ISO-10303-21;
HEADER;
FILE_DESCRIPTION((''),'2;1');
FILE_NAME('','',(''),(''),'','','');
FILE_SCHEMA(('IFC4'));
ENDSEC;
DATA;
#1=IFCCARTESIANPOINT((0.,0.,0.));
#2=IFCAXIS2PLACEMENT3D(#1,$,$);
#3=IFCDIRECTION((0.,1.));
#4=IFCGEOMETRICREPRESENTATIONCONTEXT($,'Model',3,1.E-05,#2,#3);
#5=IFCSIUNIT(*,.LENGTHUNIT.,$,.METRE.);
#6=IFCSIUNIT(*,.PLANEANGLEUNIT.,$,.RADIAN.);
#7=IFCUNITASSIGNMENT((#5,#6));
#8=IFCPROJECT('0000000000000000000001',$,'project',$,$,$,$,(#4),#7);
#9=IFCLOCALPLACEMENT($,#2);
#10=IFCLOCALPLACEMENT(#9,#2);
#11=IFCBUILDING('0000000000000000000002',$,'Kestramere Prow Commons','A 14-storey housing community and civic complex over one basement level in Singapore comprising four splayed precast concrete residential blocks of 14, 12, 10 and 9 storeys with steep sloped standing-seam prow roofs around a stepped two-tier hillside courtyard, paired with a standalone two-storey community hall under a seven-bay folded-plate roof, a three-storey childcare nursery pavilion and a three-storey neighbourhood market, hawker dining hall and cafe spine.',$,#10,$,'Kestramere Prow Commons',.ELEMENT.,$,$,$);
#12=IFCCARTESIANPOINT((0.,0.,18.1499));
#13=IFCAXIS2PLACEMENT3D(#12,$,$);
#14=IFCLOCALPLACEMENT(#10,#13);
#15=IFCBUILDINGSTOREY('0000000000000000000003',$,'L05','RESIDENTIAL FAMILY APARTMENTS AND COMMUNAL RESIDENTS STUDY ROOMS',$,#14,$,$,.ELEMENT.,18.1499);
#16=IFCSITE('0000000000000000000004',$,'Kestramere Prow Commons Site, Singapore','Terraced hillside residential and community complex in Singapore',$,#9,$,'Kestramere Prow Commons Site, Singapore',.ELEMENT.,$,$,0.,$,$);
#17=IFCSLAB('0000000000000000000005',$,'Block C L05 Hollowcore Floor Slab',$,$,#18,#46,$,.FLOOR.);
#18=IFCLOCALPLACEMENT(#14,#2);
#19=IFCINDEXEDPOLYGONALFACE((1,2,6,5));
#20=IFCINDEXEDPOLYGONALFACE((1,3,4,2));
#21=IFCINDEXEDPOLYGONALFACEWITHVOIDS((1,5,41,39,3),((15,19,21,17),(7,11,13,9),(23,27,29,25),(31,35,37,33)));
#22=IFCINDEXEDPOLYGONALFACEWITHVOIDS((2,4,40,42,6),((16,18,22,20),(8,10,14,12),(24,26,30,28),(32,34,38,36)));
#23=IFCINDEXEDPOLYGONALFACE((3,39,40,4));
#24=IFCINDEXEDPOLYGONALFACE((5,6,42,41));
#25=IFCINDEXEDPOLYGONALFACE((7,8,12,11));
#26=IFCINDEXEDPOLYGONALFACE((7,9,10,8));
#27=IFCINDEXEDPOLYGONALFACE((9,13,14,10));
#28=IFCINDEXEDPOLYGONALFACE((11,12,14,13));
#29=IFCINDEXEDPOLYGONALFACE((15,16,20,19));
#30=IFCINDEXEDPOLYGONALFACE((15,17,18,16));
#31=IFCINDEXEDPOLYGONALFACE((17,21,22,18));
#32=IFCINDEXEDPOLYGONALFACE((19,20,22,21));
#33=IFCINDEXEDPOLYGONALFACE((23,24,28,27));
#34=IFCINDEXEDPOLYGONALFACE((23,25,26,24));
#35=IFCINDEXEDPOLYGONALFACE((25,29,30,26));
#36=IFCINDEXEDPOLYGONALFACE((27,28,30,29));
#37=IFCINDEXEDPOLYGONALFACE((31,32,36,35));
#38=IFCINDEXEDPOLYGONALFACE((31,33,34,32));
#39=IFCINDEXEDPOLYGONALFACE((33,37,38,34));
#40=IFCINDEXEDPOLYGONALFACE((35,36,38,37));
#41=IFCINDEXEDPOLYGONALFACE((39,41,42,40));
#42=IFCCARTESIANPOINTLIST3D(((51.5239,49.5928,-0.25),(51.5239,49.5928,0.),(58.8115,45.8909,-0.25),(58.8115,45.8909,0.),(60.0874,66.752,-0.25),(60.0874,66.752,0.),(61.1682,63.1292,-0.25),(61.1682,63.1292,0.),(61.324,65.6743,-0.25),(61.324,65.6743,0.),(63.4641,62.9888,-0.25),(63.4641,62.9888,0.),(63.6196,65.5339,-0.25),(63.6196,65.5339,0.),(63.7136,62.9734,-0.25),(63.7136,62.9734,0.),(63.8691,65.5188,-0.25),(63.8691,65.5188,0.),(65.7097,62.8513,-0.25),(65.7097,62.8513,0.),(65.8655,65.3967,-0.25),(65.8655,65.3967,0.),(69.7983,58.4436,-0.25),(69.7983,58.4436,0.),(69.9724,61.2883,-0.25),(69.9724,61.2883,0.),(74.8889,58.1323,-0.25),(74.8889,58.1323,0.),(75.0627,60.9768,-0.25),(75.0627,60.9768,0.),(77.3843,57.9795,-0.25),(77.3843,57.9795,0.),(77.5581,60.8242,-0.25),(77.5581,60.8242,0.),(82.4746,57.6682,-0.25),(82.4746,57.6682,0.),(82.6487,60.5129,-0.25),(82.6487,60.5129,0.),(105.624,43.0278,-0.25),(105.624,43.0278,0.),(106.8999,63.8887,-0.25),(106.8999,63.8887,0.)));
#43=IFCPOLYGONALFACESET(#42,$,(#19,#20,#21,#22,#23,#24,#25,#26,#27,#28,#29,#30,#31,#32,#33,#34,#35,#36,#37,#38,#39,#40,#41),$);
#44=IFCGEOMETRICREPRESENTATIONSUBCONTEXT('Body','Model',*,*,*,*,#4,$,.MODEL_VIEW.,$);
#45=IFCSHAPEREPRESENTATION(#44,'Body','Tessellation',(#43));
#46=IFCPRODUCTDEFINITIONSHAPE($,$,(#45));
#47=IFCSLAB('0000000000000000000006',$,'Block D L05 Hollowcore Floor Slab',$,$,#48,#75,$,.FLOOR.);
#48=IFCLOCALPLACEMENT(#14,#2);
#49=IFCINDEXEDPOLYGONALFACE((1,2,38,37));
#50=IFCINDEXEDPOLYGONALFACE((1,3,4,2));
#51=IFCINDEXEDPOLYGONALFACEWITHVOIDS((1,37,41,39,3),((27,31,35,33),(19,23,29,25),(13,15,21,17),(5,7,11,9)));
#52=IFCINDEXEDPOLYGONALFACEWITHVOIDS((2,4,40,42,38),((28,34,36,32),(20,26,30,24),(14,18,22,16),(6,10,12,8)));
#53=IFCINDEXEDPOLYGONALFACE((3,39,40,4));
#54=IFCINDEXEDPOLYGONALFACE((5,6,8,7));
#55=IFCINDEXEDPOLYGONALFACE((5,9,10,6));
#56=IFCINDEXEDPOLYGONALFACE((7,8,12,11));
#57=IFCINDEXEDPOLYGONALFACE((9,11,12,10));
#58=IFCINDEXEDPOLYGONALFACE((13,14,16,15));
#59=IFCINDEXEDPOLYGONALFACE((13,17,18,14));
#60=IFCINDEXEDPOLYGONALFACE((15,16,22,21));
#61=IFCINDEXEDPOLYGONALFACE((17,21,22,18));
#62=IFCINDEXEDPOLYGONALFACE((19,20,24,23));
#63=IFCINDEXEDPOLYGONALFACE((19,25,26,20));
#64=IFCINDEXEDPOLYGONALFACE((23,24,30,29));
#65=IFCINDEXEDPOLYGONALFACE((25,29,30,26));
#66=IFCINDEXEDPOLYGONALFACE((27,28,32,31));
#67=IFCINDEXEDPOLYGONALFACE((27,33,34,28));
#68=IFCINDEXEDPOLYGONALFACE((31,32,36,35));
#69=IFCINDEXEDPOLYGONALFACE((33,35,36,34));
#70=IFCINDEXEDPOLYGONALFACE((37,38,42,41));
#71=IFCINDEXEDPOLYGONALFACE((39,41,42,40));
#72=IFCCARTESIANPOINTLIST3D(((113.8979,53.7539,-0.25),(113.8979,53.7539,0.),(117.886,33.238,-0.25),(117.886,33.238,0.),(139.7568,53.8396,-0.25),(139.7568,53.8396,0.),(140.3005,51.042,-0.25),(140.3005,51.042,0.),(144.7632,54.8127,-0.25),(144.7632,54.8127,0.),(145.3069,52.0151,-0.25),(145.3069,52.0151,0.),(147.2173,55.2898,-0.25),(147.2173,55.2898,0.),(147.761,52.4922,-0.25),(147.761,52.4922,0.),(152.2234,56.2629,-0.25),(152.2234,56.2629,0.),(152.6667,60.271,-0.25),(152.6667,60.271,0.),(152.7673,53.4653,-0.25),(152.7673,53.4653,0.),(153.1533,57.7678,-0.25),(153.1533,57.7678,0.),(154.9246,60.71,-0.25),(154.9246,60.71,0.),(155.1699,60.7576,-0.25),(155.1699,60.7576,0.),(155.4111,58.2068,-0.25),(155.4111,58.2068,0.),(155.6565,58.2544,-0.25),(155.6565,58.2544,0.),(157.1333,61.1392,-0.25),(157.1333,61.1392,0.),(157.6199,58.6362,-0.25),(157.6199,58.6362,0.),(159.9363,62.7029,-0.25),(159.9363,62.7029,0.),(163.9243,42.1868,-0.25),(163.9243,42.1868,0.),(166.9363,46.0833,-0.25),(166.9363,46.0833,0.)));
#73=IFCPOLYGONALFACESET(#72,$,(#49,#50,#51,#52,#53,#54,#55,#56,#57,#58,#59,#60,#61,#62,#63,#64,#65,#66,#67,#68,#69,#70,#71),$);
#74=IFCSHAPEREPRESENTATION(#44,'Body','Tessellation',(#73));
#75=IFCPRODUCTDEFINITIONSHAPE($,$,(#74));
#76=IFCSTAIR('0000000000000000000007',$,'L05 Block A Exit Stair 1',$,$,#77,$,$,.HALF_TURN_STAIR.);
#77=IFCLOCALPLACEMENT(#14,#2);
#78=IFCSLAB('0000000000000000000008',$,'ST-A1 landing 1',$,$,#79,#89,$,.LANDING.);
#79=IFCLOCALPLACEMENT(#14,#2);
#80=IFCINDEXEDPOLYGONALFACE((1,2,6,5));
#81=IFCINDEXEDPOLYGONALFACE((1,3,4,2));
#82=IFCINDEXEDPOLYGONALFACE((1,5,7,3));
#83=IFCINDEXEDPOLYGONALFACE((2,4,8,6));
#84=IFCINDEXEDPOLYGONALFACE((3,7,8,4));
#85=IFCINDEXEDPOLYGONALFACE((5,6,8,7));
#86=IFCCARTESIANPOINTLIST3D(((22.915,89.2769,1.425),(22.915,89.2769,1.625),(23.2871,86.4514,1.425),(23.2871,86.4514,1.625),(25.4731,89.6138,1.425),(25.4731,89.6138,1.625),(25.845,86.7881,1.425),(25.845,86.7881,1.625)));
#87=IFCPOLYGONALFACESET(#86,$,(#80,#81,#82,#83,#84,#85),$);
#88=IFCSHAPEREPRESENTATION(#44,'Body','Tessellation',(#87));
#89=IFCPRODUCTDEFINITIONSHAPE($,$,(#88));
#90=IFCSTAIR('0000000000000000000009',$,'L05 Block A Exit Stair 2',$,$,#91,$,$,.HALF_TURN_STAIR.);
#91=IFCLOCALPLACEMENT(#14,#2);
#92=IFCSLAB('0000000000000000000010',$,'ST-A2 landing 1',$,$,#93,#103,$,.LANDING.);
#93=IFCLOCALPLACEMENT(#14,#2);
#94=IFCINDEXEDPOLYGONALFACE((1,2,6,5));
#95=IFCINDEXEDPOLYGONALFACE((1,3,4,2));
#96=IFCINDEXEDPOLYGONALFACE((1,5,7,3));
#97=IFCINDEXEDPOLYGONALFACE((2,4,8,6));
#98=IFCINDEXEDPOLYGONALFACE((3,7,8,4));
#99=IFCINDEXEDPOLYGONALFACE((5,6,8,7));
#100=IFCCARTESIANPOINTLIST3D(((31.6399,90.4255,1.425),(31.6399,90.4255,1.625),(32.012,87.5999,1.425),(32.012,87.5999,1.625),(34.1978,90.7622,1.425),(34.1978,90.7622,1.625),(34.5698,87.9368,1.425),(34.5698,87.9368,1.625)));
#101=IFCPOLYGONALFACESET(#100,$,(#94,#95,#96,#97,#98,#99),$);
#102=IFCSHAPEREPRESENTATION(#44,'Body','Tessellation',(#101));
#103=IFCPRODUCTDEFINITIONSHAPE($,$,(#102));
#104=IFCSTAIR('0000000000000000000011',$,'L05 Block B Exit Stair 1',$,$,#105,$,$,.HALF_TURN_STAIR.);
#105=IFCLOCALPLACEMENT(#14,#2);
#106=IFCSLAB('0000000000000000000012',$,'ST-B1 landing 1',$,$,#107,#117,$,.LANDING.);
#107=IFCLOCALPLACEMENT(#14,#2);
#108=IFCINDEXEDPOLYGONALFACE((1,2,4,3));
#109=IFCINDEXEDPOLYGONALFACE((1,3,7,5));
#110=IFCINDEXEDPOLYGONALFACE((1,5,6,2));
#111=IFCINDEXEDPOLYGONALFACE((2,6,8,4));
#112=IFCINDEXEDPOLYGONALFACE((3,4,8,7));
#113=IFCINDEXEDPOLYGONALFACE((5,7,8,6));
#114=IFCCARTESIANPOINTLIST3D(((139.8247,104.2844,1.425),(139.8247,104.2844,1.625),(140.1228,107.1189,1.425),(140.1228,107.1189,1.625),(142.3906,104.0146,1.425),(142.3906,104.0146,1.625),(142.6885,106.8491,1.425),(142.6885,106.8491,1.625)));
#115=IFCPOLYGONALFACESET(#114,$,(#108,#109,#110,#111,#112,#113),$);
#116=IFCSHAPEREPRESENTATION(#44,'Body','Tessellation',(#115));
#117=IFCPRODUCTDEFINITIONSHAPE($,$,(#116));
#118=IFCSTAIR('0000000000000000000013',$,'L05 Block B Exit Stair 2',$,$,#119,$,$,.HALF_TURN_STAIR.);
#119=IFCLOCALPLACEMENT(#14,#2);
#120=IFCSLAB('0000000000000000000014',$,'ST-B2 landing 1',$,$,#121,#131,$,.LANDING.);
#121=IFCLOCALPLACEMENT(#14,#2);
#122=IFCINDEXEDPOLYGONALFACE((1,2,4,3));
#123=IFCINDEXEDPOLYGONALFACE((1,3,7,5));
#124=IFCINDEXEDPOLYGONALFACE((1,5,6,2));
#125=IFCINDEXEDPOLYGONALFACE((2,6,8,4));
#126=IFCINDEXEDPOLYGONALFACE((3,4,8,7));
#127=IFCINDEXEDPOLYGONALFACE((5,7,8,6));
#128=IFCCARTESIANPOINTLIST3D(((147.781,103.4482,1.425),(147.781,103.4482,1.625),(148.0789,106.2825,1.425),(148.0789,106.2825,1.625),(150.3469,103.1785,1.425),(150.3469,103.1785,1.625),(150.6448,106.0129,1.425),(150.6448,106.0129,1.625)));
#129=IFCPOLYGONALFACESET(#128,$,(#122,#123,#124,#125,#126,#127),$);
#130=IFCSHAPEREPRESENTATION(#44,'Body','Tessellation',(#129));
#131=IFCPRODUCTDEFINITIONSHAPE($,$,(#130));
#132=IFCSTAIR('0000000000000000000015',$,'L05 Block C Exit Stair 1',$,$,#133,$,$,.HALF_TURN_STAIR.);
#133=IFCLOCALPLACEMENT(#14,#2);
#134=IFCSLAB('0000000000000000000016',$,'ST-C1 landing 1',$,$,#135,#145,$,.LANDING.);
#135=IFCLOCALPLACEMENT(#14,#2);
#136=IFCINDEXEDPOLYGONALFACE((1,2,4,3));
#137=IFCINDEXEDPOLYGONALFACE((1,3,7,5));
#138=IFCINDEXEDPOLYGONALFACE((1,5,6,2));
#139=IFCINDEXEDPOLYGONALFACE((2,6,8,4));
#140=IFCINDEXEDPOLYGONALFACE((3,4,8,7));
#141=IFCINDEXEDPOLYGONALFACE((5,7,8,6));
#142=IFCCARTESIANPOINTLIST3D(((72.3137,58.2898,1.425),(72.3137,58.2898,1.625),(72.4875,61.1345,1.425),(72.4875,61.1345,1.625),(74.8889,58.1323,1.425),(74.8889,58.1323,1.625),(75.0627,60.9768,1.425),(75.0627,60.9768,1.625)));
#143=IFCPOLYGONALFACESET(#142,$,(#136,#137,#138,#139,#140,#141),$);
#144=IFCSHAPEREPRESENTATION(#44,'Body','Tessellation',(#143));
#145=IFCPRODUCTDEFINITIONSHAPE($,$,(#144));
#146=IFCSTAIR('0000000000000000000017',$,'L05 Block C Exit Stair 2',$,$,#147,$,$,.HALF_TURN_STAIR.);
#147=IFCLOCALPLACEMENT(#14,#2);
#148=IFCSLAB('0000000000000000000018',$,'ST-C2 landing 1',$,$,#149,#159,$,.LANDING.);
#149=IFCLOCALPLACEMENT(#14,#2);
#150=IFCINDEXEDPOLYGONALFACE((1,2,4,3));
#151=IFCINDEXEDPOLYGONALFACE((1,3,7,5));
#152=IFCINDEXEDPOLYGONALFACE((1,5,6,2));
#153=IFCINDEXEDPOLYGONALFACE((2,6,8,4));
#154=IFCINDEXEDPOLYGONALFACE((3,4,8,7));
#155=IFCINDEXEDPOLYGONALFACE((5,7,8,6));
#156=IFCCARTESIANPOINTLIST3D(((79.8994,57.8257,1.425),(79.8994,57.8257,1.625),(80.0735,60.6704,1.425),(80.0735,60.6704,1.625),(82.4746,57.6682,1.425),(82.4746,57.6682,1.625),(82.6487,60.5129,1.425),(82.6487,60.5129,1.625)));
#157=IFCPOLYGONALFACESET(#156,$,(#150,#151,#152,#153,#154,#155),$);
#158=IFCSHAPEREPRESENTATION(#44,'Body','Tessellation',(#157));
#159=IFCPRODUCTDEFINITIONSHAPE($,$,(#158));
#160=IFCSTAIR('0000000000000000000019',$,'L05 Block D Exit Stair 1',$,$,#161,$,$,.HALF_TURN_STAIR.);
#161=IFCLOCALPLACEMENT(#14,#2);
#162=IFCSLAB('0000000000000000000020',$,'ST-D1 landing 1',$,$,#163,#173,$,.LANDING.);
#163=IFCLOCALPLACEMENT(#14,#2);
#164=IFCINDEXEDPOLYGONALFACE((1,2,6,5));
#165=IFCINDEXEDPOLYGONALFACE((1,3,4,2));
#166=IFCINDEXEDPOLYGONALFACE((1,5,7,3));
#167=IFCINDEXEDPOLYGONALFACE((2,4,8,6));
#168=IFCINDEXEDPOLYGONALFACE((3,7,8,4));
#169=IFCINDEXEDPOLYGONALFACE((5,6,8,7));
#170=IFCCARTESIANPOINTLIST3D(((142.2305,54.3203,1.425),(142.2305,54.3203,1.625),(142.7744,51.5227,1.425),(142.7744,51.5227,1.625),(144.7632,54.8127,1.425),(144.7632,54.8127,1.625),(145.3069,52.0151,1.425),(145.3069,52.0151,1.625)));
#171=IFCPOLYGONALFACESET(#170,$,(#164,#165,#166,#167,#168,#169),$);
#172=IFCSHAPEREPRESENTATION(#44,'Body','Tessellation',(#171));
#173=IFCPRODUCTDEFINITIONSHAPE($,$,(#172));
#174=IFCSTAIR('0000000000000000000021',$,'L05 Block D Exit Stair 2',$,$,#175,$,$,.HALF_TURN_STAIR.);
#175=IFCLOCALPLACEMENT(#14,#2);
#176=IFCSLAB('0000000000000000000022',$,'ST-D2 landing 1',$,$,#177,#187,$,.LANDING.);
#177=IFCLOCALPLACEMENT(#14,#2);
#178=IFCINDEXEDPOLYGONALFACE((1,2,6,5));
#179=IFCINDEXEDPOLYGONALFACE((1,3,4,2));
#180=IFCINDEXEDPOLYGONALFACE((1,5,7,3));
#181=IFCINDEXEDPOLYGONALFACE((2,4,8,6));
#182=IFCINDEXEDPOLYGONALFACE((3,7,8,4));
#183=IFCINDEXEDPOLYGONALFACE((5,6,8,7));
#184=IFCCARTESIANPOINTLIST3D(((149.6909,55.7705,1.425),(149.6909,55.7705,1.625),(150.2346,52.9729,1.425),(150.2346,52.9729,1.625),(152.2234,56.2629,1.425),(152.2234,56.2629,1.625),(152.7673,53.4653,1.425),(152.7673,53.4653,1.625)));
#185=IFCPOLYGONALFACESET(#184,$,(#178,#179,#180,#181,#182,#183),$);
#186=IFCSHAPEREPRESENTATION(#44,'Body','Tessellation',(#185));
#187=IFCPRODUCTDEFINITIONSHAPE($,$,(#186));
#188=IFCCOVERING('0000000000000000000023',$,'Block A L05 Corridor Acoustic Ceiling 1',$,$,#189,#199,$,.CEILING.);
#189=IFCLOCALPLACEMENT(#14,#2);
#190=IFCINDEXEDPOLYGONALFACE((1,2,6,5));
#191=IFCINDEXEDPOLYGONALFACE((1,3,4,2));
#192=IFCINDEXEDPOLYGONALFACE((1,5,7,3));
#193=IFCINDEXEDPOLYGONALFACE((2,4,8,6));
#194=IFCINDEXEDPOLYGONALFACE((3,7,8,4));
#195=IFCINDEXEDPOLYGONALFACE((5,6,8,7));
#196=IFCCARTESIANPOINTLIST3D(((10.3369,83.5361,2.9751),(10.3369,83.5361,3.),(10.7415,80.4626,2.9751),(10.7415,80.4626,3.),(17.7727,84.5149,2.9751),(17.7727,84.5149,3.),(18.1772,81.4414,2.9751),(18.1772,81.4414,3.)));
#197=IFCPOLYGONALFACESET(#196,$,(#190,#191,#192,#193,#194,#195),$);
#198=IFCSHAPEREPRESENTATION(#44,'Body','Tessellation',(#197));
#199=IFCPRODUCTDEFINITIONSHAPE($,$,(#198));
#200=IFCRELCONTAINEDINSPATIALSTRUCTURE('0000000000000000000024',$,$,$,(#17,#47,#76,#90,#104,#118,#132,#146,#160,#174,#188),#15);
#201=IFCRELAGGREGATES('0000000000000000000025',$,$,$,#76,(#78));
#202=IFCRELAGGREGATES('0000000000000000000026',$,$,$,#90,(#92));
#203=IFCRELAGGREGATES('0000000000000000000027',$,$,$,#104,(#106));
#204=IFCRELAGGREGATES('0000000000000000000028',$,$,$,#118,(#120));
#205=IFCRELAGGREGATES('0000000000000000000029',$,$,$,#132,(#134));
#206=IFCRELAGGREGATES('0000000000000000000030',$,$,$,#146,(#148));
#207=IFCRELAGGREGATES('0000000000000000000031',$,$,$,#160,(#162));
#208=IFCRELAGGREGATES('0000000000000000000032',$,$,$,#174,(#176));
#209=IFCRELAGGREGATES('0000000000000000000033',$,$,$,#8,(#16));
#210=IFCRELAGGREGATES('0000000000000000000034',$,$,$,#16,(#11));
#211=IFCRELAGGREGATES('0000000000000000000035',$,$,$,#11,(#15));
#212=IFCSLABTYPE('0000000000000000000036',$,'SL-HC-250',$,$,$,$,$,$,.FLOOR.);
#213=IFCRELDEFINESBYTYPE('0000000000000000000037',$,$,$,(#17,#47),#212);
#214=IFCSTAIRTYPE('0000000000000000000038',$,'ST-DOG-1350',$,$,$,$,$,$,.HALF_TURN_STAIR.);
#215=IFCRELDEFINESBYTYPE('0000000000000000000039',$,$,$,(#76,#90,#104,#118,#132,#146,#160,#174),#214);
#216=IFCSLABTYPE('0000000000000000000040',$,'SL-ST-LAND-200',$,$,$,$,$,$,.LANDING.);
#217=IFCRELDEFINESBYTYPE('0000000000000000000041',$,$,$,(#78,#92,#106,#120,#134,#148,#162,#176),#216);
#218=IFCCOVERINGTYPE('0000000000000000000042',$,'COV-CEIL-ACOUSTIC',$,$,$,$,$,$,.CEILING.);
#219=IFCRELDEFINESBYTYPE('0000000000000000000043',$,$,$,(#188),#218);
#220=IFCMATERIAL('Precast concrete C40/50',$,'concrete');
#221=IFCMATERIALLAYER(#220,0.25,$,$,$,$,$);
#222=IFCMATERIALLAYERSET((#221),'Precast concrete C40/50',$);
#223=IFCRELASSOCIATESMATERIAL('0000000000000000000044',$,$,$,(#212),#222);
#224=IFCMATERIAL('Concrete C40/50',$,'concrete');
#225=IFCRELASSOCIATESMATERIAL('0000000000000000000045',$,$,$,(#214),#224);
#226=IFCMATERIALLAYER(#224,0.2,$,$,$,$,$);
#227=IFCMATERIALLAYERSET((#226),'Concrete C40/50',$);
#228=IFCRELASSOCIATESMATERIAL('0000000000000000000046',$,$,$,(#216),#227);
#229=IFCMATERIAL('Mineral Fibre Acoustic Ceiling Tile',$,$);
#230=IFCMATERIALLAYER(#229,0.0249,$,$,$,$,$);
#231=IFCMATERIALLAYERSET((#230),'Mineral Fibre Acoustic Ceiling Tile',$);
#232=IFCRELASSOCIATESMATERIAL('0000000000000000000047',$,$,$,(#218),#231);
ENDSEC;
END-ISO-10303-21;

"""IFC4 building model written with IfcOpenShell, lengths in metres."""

from ifc_helpers import new_model, si_unit, direction, frame, origin, place, context, subcontext, project, spatial, polyline, outline, extrude, material, layer, layer_set, type_object, element, aggregate, save


model = new_model("IFC4")

# Units and contexts
model_context = context("Model", 3, precision=1e-05, world=origin(), true_north=direction((0.0, 1.0)))
body_context = subcontext(model_context, "Body", "Model", "MODEL_VIEW")
ifc_project = project(units=[si_unit("LENGTHUNIT", "METRE"), si_unit("PLANEANGLEUNIT", "RADIAN")], contexts=[model_context])

# Site, building, storey
site_placement = place(None, origin())
site = spatial("IfcSite", under=ifc_project, at=site_placement, Name="Kestramere Prow Commons Site, Singapore", Description="Terraced hillside residential and community complex in Singapore", LongName="Kestramere Prow Commons Site, Singapore", CompositionType="ELEMENT", RefElevation=0.0)
building_placement = place(site_placement, origin())
building = spatial("IfcBuilding", under=site, at=building_placement, Name="Kestramere Prow Commons", Description="A 14-storey housing community and civic complex over one basement level in Singapore comprising four splayed precast concrete residential blocks of 14, 12, 10 and 9 storeys with steep sloped standing-seam prow roofs around a stepped two-tier hillside courtyard, paired with a standalone two-storey community hall under a seven-bay folded-plate roof, a three-storey childcare nursery pavilion and a three-storey neighbourhood market, hawker dining hall and cafe spine.", LongName="Kestramere Prow Commons", CompositionType="ELEMENT")
storey_placement = place(building_placement, frame((0.0, 0.0, 18.1499)))
storey = spatial("IfcBuildingStorey", under=building, at=storey_placement, Name="L05", Description="RESIDENTIAL FAMILY APARTMENTS AND COMMUNAL RESIDENTS STUDY ROOMS", CompositionType="ELEMENT", Elevation=18.1499)

# Slabs
ifc_material_1 = material(Name="Precast concrete C40/50", Category="concrete")
ifc_layer_1 = layer(ifc_material_1, 0.25)
ifc_layer_set_1 = layer_set([ifc_layer_1], Name="Precast concrete C40/50")
slab_type_1 = type_object("IfcSlabType", Name="SL-HC-250", PredefinedType="FLOOR", material=ifc_layer_set_1)
slab_1_placement = place(storey_placement, frame((0.0, 0.0, -0.25)))
element("IfcSlab", 1, at=slab_1_placement, inside=storey, type_object=slab_type_1, Name="Block C L05 Hollowcore Floor Slab", PredefinedType="FLOOR", context=body_context, shape_type="SweptSolid", body=[
    extrude(outline(polyline([(51.5239, 49.5928), (58.8115, 45.8909), (105.624, 43.0278), (106.8999, 63.8887), (60.0874, 66.752), (51.5239, 49.5928)]), holes=[polyline([(61.1682, 63.1292), (63.4641, 62.9888), (63.6196, 65.5339), (61.324, 65.6743), (61.1682, 63.1292)]), polyline([(63.7136, 62.9734), (65.7097, 62.8513), (65.8655, 65.3967), (63.8691, 65.5188), (63.7136, 62.9734)]), polyline([(69.7983, 58.4436), (74.8889, 58.1323), (75.0627, 60.9768), (69.9724, 61.2883), (69.7983, 58.4436)]), polyline([(77.3843, 57.9795), (82.4746, 57.6682), (82.6487, 60.5129), (77.5581, 60.8242), (77.3843, 57.9795)])]), origin(), (0.0, 0.0, 1.0), 0.25),
])
slab_2_placement = place(storey_placement, frame((0.0, 0.0, -0.25)))
element("IfcSlab", 2, at=slab_2_placement, inside=storey, type_object=slab_type_1, Name="Block D L05 Hollowcore Floor Slab", PredefinedType="FLOOR", context=body_context, shape_type="SweptSolid", body=[
    extrude(outline(polyline([(117.886, 33.238), (163.9243, 42.1868), (166.9363, 46.0833), (159.9363, 62.7029), (113.8979, 53.7539), (117.886, 33.238)]), holes=[polyline([(153.1533, 57.7678), (155.4111, 58.2068), (154.9246, 60.71), (152.6667, 60.271), (153.1533, 57.7678)]), polyline([(155.6565, 58.2544), (157.6199, 58.6362), (157.1333, 61.1392), (155.1699, 60.7576), (155.6565, 58.2544)]), polyline([(140.3005, 51.042), (145.3069, 52.0151), (144.7632, 54.8127), (139.7568, 53.8396), (140.3005, 51.042)]), polyline([(147.761, 52.4922), (152.7673, 53.4653), (152.2234, 56.2629), (147.2173, 55.2898), (147.761, 52.4922)])]), origin(), (0.0, 0.0, 1.0), 0.25),
])

# Stairs, slabs
ifc_material_2 = material(Name="Concrete C40/50", Category="concrete")
stair_type = type_object("IfcStairType", Name="ST-DOG-1350", PredefinedType="HALF_TURN_STAIR", material=ifc_material_2)
stair_1_placement = place(storey_placement, origin())
stair_1 = element("IfcStair", 3, at=stair_1_placement, inside=storey, type_object=stair_type, Name="L05 Block A Exit Stair 1", PredefinedType="HALF_TURN_STAIR")
ifc_layer_2 = layer(ifc_material_2, 0.2)
ifc_layer_set_2 = layer_set([ifc_layer_2], Name="Concrete C40/50")
slab_type_2 = type_object("IfcSlabType", Name="SL-ST-LAND-200", PredefinedType="LANDING", material=ifc_layer_set_2)
slab_3_placement = place(storey_placement, frame((0.0, 0.0, 1.425)))
slab_3 = element("IfcSlab", 4, at=slab_3_placement, type_object=slab_type_2, Name="ST-A1 landing 1", PredefinedType="LANDING", context=body_context, shape_type="SweptSolid", body=[
    extrude(outline(polyline([(23.2871, 86.4514), (25.845, 86.7881), (25.4731, 89.6138), (22.915, 89.2769), (23.2871, 86.4514)])), origin(), (0.0, 0.0, 1.0), 0.2),
])
aggregate(stair_1, [slab_3])
stair_2_placement = place(storey_placement, origin())
stair_2 = element("IfcStair", 5, at=stair_2_placement, inside=storey, type_object=stair_type, Name="L05 Block A Exit Stair 2", PredefinedType="HALF_TURN_STAIR")
slab_4_placement = place(storey_placement, frame((0.0, 0.0, 1.425)))
slab_4 = element("IfcSlab", 6, at=slab_4_placement, type_object=slab_type_2, Name="ST-A2 landing 1", PredefinedType="LANDING", context=body_context, shape_type="SweptSolid", body=[
    extrude(outline(polyline([(32.012, 87.5999), (34.5698, 87.9368), (34.1978, 90.7622), (31.6399, 90.4255), (32.012, 87.5999)])), origin(), (0.0, 0.0, 1.0), 0.2),
])
aggregate(stair_2, [slab_4])
stair_3_placement = place(storey_placement, origin())
stair_3 = element("IfcStair", 7, at=stair_3_placement, inside=storey, type_object=stair_type, Name="L05 Block B Exit Stair 1", PredefinedType="HALF_TURN_STAIR")
slab_5_placement = place(storey_placement, frame((0.0, 0.0, 1.425)))
slab_5 = element("IfcSlab", 8, at=slab_5_placement, type_object=slab_type_2, Name="ST-B1 landing 1", PredefinedType="LANDING", context=body_context, shape_type="SweptSolid", body=[
    extrude(outline(polyline([(139.8247, 104.2844), (142.3906, 104.0146), (142.6885, 106.8491), (140.1228, 107.1189), (139.8247, 104.2844)])), origin(), (0.0, 0.0, 1.0), 0.2),
])
aggregate(stair_3, [slab_5])
stair_4_placement = place(storey_placement, origin())
stair_4 = element("IfcStair", 9, at=stair_4_placement, inside=storey, type_object=stair_type, Name="L05 Block B Exit Stair 2", PredefinedType="HALF_TURN_STAIR")
slab_6_placement = place(storey_placement, frame((0.0, 0.0, 1.425)))
slab_6 = element("IfcSlab", 10, at=slab_6_placement, type_object=slab_type_2, Name="ST-B2 landing 1", PredefinedType="LANDING", context=body_context, shape_type="SweptSolid", body=[
    extrude(outline(polyline([(147.781, 103.4482), (150.3469, 103.1785), (150.6448, 106.0129), (148.0789, 106.2825), (147.781, 103.4482)])), origin(), (0.0, 0.0, 1.0), 0.2),
])
aggregate(stair_4, [slab_6])
stair_5_placement = place(storey_placement, origin())
stair_5 = element("IfcStair", 11, at=stair_5_placement, inside=storey, type_object=stair_type, Name="L05 Block C Exit Stair 1", PredefinedType="HALF_TURN_STAIR")
slab_7_placement = place(storey_placement, frame((0.0, 0.0, 1.425)))
slab_7 = element("IfcSlab", 12, at=slab_7_placement, type_object=slab_type_2, Name="ST-C1 landing 1", PredefinedType="LANDING", context=body_context, shape_type="SweptSolid", body=[
    extrude(outline(polyline([(72.3137, 58.2898), (74.8889, 58.1323), (75.0627, 60.9768), (72.4875, 61.1345), (72.3137, 58.2898)])), origin(), (0.0, 0.0, 1.0), 0.2),
])
aggregate(stair_5, [slab_7])
stair_6_placement = place(storey_placement, origin())
stair_6 = element("IfcStair", 13, at=stair_6_placement, inside=storey, type_object=stair_type, Name="L05 Block C Exit Stair 2", PredefinedType="HALF_TURN_STAIR")
slab_8_placement = place(storey_placement, frame((0.0, 0.0, 1.425)))
slab_8 = element("IfcSlab", 14, at=slab_8_placement, type_object=slab_type_2, Name="ST-C2 landing 1", PredefinedType="LANDING", context=body_context, shape_type="SweptSolid", body=[
    extrude(outline(polyline([(79.8994, 57.8257), (82.4746, 57.6682), (82.6487, 60.5129), (80.0735, 60.6704), (79.8994, 57.8257)])), origin(), (0.0, 0.0, 1.0), 0.2),
])
aggregate(stair_6, [slab_8])
stair_7_placement = place(storey_placement, origin())
stair_7 = element("IfcStair", 15, at=stair_7_placement, inside=storey, type_object=stair_type, Name="L05 Block D Exit Stair 1", PredefinedType="HALF_TURN_STAIR")
slab_9_placement = place(storey_placement, frame((0.0, 0.0, 1.425)))
slab_9 = element("IfcSlab", 16, at=slab_9_placement, type_object=slab_type_2, Name="ST-D1 landing 1", PredefinedType="LANDING", context=body_context, shape_type="SweptSolid", body=[
    extrude(outline(polyline([(142.7744, 51.5227), (145.3069, 52.0151), (144.7632, 54.8127), (142.2305, 54.3203), (142.7744, 51.5227)])), origin(), (0.0, 0.0, 1.0), 0.2),
])
aggregate(stair_7, [slab_9])
stair_8_placement = place(storey_placement, origin())
stair_8 = element("IfcStair", 17, at=stair_8_placement, inside=storey, type_object=stair_type, Name="L05 Block D Exit Stair 2", PredefinedType="HALF_TURN_STAIR")
slab_10_placement = place(storey_placement, frame((0.0, 0.0, 1.425)))
slab_10 = element("IfcSlab", 18, at=slab_10_placement, type_object=slab_type_2, Name="ST-D2 landing 1", PredefinedType="LANDING", context=body_context, shape_type="SweptSolid", body=[
    extrude(outline(polyline([(150.2346, 52.9729), (152.7673, 53.4653), (152.2234, 56.2629), (149.6909, 55.7705), (150.2346, 52.9729)])), origin(), (0.0, 0.0, 1.0), 0.2),
])
aggregate(stair_8, [slab_10])

# Covering
ifc_material_3 = material(Name="Mineral Fibre Acoustic Ceiling Tile")
ifc_layer_3 = layer(ifc_material_3, 0.0249)
ifc_layer_set_3 = layer_set([ifc_layer_3], Name="Mineral Fibre Acoustic Ceiling Tile")
covering_type_1 = type_object("IfcCoveringType", Name="COV-CEIL-ACOUSTIC", PredefinedType="CEILING", material=ifc_layer_set_3)
covering_1_placement = place(storey_placement, frame((0.0, 0.0, 2.9751)))
element("IfcCovering", 19, at=covering_1_placement, inside=storey, type_object=covering_type_1, Name="Block A L05 Corridor Acoustic Ceiling 1", PredefinedType="CEILING", context=body_context, shape_type="SweptSolid", body=[
    extrude(outline(polyline([(10.7415, 80.4626), (18.1772, 81.4414), (17.7727, 84.5149), (10.3369, 83.5361), (10.7415, 80.4626)])), origin(), (0.0, 0.0, 1.0), 0.0249),
])

save(model, "model.ifc")
